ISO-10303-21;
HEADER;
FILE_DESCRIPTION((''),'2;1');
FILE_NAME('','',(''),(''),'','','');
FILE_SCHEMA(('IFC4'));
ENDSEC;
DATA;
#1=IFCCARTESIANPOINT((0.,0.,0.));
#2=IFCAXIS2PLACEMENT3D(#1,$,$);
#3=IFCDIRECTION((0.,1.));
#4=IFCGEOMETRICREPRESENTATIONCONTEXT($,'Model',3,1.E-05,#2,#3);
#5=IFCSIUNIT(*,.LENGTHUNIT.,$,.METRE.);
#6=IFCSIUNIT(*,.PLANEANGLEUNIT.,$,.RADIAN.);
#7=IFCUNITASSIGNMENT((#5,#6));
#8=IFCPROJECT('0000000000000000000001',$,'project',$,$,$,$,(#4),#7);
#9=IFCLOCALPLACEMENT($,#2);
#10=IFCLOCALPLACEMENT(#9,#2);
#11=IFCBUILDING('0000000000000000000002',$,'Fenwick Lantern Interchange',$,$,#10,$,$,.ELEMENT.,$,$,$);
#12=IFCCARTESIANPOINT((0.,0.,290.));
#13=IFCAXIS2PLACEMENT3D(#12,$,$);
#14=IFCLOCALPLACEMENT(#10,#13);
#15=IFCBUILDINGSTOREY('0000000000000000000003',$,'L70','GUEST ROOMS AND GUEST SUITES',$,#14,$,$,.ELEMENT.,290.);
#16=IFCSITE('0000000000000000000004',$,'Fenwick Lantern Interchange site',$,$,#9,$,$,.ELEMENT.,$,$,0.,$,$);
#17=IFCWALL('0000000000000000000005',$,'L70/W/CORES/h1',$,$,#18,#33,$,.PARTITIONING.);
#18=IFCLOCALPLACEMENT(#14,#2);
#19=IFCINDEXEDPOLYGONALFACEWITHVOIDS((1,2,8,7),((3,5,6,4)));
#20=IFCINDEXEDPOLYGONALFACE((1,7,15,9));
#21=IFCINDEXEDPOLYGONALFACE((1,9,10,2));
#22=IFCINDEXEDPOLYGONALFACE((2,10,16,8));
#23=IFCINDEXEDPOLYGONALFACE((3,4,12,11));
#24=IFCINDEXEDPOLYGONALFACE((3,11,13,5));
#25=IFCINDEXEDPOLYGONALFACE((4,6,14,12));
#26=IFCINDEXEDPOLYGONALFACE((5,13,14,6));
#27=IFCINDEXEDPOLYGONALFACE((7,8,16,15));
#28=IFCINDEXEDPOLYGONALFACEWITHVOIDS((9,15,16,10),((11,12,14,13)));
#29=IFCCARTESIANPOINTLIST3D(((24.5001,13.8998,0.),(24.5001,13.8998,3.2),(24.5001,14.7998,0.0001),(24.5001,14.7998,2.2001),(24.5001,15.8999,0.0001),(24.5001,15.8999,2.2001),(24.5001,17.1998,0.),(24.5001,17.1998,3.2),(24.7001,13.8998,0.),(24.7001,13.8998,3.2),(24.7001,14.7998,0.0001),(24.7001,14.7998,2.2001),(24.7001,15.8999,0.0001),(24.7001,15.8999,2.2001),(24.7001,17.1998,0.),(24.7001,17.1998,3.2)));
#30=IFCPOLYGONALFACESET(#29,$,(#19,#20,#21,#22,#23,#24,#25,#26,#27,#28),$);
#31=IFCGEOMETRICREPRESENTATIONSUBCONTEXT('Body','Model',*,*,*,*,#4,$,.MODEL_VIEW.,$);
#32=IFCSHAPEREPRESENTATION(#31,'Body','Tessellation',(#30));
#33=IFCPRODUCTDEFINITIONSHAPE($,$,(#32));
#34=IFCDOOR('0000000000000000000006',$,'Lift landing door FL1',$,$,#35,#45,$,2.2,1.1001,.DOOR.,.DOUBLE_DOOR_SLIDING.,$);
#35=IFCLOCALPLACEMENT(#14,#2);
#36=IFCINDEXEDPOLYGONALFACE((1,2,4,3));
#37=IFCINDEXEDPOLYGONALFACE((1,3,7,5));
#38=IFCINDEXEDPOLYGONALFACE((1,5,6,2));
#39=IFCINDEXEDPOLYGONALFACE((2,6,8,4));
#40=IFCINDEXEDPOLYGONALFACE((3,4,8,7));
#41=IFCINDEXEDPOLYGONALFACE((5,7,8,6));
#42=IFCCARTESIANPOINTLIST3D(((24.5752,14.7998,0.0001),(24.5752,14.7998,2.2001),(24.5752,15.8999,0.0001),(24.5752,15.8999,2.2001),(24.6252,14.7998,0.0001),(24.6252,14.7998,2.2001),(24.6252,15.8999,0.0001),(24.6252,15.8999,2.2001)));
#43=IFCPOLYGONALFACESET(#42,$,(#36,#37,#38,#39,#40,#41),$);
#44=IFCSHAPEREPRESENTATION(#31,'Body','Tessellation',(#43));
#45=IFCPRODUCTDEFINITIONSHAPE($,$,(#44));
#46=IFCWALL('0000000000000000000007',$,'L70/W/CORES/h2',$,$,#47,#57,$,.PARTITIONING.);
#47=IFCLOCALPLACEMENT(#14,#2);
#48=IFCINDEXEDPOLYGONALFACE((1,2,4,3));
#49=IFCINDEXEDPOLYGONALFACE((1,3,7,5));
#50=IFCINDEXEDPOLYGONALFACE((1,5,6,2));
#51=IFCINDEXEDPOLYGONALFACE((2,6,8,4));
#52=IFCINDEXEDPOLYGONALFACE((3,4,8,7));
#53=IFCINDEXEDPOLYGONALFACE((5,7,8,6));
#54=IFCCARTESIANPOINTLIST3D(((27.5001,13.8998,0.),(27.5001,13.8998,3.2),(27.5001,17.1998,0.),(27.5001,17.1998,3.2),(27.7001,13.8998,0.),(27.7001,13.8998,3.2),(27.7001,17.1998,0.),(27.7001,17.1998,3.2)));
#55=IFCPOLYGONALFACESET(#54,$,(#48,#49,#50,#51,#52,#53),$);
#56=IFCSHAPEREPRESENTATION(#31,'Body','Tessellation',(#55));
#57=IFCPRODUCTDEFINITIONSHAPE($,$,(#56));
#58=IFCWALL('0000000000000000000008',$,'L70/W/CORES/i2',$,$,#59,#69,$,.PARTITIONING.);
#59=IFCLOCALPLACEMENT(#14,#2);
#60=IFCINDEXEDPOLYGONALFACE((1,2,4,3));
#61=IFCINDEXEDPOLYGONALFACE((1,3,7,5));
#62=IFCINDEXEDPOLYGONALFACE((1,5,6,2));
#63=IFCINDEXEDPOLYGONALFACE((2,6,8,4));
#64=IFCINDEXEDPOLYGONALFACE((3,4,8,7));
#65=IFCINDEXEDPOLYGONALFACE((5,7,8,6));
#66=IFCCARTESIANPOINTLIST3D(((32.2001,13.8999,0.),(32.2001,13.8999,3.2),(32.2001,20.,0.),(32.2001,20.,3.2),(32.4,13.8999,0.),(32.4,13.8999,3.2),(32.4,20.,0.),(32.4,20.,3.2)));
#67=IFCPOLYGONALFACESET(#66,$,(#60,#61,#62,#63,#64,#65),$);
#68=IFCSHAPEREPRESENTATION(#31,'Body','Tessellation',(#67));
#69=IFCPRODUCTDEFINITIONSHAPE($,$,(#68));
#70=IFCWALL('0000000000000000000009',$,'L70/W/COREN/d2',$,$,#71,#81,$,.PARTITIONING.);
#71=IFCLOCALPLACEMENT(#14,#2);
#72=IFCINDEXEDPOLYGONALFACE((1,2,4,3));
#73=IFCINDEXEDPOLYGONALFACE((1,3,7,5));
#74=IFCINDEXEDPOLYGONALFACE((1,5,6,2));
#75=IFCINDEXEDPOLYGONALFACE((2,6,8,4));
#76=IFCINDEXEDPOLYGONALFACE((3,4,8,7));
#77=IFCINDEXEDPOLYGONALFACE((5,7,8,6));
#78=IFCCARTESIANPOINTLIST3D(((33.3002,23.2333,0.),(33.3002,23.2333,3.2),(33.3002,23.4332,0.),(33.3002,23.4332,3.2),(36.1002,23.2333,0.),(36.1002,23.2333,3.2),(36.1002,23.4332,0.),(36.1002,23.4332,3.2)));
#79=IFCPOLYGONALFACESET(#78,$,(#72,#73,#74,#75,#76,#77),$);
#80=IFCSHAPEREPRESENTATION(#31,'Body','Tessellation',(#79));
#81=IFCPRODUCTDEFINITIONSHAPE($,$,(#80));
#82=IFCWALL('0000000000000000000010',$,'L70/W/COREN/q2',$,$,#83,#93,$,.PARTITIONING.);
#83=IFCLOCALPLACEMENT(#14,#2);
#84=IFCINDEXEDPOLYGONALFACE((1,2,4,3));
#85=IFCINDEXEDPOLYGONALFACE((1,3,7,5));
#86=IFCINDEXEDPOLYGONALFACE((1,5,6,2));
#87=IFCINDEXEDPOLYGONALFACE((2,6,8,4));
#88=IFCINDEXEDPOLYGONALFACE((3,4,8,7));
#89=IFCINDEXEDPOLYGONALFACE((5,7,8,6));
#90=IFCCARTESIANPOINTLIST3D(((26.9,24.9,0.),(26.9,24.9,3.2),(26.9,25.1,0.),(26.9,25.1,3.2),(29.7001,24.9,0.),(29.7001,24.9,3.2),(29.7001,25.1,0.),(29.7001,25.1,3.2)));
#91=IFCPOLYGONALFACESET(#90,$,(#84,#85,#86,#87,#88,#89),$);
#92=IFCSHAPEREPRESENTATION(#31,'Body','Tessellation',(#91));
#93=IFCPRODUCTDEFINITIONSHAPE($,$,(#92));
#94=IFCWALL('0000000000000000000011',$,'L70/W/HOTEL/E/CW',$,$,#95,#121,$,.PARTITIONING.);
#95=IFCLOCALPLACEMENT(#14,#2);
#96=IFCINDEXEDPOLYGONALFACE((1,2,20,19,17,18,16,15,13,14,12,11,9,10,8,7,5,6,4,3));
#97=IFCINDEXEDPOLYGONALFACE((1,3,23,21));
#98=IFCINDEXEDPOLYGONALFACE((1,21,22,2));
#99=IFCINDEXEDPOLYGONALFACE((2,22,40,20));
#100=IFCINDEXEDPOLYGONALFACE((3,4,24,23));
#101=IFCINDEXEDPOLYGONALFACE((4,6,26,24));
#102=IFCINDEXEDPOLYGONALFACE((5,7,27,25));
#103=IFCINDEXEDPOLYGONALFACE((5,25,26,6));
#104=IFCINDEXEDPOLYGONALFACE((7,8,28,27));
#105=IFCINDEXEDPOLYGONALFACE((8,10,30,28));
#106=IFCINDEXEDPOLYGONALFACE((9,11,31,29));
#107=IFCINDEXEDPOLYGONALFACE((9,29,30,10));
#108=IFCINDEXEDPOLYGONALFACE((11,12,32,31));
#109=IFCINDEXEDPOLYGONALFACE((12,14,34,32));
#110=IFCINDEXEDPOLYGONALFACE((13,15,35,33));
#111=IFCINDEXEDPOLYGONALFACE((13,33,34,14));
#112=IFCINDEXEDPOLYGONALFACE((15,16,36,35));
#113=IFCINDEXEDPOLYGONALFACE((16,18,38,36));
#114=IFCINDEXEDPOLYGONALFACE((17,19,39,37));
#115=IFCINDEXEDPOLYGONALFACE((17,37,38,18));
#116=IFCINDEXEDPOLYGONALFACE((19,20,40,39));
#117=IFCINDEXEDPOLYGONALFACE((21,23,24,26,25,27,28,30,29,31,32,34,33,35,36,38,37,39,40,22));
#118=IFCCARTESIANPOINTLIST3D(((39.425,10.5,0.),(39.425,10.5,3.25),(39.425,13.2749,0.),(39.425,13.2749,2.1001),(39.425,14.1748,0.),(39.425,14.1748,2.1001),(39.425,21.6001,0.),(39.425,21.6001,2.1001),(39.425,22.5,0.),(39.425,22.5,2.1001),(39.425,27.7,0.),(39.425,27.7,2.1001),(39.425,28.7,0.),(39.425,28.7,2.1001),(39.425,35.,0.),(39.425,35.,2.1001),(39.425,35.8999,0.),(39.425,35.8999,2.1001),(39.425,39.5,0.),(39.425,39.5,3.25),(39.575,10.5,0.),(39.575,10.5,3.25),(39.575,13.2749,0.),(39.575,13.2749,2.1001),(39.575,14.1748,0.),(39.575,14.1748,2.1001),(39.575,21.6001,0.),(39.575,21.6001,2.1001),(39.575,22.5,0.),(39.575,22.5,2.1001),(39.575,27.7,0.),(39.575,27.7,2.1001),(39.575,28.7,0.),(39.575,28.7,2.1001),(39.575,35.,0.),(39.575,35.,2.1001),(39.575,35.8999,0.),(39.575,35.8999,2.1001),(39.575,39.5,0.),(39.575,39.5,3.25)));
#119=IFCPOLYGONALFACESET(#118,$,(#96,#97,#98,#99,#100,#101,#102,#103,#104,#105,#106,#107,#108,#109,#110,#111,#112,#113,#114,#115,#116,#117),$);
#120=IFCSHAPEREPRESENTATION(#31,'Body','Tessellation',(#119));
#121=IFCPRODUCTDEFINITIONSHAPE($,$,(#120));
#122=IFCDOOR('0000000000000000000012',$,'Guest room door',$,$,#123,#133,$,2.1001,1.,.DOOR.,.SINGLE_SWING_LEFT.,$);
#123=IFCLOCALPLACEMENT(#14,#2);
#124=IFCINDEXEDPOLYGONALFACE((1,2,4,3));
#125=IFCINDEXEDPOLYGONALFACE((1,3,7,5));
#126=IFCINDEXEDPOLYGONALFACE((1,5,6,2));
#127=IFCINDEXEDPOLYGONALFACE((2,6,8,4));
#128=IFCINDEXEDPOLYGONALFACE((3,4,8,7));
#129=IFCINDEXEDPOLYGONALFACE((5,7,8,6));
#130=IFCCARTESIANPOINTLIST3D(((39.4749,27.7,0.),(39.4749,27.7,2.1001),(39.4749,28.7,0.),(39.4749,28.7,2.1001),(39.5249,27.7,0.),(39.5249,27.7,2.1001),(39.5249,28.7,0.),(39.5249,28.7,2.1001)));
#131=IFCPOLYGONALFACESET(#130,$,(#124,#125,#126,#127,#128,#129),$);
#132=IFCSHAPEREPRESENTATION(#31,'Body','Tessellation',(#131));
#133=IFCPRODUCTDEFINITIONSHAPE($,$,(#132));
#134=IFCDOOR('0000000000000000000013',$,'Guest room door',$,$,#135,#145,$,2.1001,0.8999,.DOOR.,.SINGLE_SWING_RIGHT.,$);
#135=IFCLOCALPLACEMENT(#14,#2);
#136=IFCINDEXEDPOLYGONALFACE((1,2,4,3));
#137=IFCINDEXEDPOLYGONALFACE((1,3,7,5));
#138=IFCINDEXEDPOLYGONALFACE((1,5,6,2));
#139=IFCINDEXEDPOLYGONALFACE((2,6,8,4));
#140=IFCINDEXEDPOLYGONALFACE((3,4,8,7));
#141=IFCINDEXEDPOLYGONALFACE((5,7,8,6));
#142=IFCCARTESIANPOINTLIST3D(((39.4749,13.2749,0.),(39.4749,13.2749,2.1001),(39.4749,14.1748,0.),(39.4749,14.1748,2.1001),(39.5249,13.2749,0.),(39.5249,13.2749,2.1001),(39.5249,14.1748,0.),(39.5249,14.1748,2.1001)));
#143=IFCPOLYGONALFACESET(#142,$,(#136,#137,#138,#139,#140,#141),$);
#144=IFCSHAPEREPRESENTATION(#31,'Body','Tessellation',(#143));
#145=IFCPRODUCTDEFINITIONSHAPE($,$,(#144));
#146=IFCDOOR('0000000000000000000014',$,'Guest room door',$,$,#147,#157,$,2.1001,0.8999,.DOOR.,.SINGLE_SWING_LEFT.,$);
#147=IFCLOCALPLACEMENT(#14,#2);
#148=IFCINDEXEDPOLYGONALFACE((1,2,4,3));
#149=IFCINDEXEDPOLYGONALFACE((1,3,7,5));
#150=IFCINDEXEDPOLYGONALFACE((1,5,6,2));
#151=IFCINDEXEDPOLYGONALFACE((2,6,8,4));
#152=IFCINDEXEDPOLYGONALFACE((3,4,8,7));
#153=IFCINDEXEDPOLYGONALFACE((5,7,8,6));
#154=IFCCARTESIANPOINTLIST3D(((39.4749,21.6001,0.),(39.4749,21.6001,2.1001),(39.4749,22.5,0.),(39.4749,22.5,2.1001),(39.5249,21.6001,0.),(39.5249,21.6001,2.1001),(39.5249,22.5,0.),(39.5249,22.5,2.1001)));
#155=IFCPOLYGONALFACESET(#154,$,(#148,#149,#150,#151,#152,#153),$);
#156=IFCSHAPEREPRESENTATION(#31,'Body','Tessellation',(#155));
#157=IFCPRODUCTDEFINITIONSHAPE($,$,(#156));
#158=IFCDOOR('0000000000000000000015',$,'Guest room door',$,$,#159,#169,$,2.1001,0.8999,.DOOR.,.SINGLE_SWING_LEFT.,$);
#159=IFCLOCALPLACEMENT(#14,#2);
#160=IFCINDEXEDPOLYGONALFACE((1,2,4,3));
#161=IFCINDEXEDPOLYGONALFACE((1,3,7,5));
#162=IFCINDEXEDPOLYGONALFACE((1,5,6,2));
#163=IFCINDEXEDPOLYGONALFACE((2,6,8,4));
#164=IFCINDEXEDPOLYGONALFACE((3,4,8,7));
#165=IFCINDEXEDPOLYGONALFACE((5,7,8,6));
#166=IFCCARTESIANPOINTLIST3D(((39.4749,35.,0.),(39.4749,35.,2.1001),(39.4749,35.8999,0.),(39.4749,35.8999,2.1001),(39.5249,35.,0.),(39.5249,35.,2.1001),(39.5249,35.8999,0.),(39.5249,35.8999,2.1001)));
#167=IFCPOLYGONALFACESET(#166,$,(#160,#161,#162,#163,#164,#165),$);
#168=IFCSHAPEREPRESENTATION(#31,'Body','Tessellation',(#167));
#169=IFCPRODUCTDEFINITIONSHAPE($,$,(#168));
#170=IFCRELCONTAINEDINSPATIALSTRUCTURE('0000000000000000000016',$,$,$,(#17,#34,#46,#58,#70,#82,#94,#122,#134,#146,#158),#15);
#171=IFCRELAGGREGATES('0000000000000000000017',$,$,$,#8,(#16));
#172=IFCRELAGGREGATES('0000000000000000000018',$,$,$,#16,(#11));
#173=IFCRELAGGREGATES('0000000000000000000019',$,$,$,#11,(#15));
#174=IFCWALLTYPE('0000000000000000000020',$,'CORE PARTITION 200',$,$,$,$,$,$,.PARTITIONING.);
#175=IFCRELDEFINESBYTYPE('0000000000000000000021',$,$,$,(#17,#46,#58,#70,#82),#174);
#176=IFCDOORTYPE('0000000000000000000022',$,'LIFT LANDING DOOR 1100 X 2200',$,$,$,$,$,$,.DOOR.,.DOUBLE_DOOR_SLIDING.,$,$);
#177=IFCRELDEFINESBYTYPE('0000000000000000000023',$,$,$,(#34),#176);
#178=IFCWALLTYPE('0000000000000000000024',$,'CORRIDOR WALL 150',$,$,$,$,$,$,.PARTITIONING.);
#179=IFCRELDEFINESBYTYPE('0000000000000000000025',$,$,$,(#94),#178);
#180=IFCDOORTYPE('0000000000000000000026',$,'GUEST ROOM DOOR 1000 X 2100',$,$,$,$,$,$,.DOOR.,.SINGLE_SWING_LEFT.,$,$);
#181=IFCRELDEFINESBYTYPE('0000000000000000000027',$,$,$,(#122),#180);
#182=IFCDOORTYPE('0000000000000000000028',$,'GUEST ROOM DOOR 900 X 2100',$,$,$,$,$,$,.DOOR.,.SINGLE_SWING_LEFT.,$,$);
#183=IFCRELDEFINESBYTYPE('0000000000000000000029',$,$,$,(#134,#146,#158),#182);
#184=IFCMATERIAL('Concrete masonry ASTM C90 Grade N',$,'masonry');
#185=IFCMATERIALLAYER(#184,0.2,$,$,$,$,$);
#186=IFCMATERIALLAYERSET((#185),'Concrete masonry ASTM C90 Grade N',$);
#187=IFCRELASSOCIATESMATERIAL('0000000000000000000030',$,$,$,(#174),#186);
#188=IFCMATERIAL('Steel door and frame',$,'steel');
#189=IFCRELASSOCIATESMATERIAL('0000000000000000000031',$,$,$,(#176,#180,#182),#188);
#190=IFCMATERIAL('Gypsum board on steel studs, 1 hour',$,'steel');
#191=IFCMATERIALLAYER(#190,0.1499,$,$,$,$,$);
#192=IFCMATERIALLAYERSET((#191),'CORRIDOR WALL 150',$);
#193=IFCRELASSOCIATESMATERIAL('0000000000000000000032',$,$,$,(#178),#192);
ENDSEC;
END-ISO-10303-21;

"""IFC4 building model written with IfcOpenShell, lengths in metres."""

from ifc_helpers import new_model, si_unit, direction, frame, frame_2d, origin, place, context, subcontext, project, spatial, rectangle, extrude, material, layer, layer_set, type_object, element, fill, save


model = new_model("IFC4")

# Units and contexts
model_context = context("Model", 3, precision=1e-05, world=origin(), true_north=direction((0.0, 1.0)))
body_context = subcontext(model_context, "Body", "Model", "MODEL_VIEW")
ifc_project = project(units=[si_unit("LENGTHUNIT", "METRE"), si_unit("PLANEANGLEUNIT", "RADIAN")], contexts=[model_context])

# Site, building, storey
site_placement = place(None, origin())
site = spatial("IfcSite", under=ifc_project, at=site_placement, Name="Fenwick Lantern Interchange site", CompositionType="ELEMENT", RefElevation=0.0)
building_placement = place(site_placement, origin())
building = spatial("IfcBuilding", under=site, at=building_placement, Name="Fenwick Lantern Interchange", CompositionType="ELEMENT")
storey_placement = place(building_placement, frame((0.0, 0.0, 290.0)))
storey = spatial("IfcBuildingStorey", under=building, at=storey_placement, Name="L70", Description="GUEST ROOMS AND GUEST SUITES", CompositionType="ELEMENT", Elevation=290.0)

# Wall, opening, door
ifc_material_1 = material(Name="Concrete masonry ASTM C90 Grade N", Category="masonry")
ifc_layer_1 = layer(ifc_material_1, 0.2)
ifc_layer_set_1 = layer_set([ifc_layer_1], Name="Concrete masonry ASTM C90 Grade N")
wall_type_1 = type_object("IfcWallType", Name="CORE PARTITION 200", PredefinedType="PARTITIONING", material=ifc_layer_set_1)
wall_1_placement = place(storey_placement, frame((24.6001, 13.8999, 0.0), z_axis=(0.0, 0.0, 1.0), x_axis=(0.0, 1.0, 0.0)))
wall_1 = element("IfcWall", 1, at=wall_1_placement, inside=storey, type_object=wall_type_1, Name="L70/W/CORES/h1", PredefinedType="PARTITIONING", context=body_context, shape_type="SweptSolid", body=[
    extrude(rectangle(XDim=3.3, YDim=0.2, at=frame_2d((1.6499, 0.0))), origin(), (0.0, 0.0, 1.0), 3.2),
])
opening_1_placement = place(wall_1_placement, frame((0.8999, 0.0, 0.0)))
opening_1 = element("IfcOpeningElement", 2, at=opening_1_placement, cuts=wall_1, PredefinedType="OPENING", context=body_context, shape_type="SweptSolid", body=[
    extrude(rectangle(XDim=1.1001, YDim=2.2, at=frame_2d((0.55, 1.1001))), frame((0.0, 0.1099, 0.0), z_axis=(0.0, -1.0, 0.0), x_axis=(1.0, 0.0, 0.0)), (0.0, 0.0, 1.0), 0.22),
])
ifc_material_2 = material(Name="Steel door and frame", Category="steel")
door_type_1 = type_object("IfcDoorType", Name="LIFT LANDING DOOR 1100 X 2200", OperationType="DOUBLE_DOOR_SLIDING", PredefinedType="DOOR", material=ifc_material_2)
door_1_placement = place(opening_1_placement, origin())
door_1 = element("IfcDoor", 3, at=door_1_placement, inside=storey, type_object=door_type_1, Name="Lift landing door FL1", OperationType="DOUBLE_DOOR_SLIDING", OverallHeight=2.2, OverallWidth=1.1001, PredefinedType="DOOR", context=body_context, shape_type="SweptSolid", body=[
    extrude(rectangle(XDim=1.1001, YDim=2.2, at=frame_2d((0.55, 1.1001))), frame((0.0, 0.0249, 0.0), z_axis=(0.0, -1.0, 0.0), x_axis=(1.0, 0.0, 0.0)), (0.0, 0.0, 1.0), 0.05),
])
fill(opening_1, door_1)

# Walls
wall_2_placement = place(storey_placement, frame((27.6001, 13.8999, 0.0), z_axis=(0.0, 0.0, 1.0), x_axis=(0.0, 1.0, 0.0)))
element("IfcWall", 4, at=wall_2_placement, inside=storey, type_object=wall_type_1, Name="L70/W/CORES/h2", PredefinedType="PARTITIONING", context=body_context, shape_type="SweptSolid", body=[
    extrude(rectangle(XDim=3.3, YDim=0.2, at=frame_2d((1.6499, 0.0))), origin(), (0.0, 0.0, 1.0), 3.2),
])
wall_3_placement = place(storey_placement, frame((32.3, 13.8999, 0.0), z_axis=(0.0, 0.0, 1.0), x_axis=(0.0, 1.0, 0.0)))
element("IfcWall", 5, at=wall_3_placement, inside=storey, type_object=wall_type_1, Name="L70/W/CORES/i2", PredefinedType="PARTITIONING", context=body_context, shape_type="SweptSolid", body=[
    extrude(rectangle(XDim=6.1001, YDim=0.2, at=frame_2d((3.05, 0.0))), origin(), (0.0, 0.0, 1.0), 3.2),
])
for number, where, z_axis, x_axis, name in (
    (6, (36.1001, 23.3333, 0.0), (0.0, 0.0, 1.0), (-1.0, 0.0, 0.0), "L70/W/COREN/d2"),
    (7, (29.7, 25.0, 0.0), (0.0, 0.0, 1.0), (-1.0, 0.0, 0.0), "L70/W/COREN/q2"),
):
    element("IfcWall", number, at=place(storey_placement, frame(where, z_axis=z_axis, x_axis=x_axis)), inside=storey, type_object=wall_type_1, Name=name, PredefinedType="PARTITIONING", context=body_context, shape_type="SweptSolid", body=[
        extrude(rectangle(XDim=2.8, YDim=0.2, at=frame_2d((1.3999, 0.0))), origin(), (0.0, 0.0, 1.0), 3.2),
    ])

# Wall, openings, doors
ifc_material_3 = material(Name="Gypsum board on steel studs, 1 hour", Category="steel")
ifc_layer_2 = layer(ifc_material_3, 0.1499)
ifc_layer_set_2 = layer_set([ifc_layer_2], Name="CORRIDOR WALL 150")
wall_type_2 = type_object("IfcWallType", Name="CORRIDOR WALL 150", PredefinedType="PARTITIONING", material=ifc_layer_set_2)
wall_4_placement = place(storey_placement, frame((39.5, 10.5, 0.0), z_axis=(0.0, 0.0, 1.0), x_axis=(0.0, 1.0, 0.0)))
wall_4 = element("IfcWall", 8, at=wall_4_placement, inside=storey, type_object=wall_type_2, Name="L70/W/HOTEL/E/CW", PredefinedType="PARTITIONING", context=body_context, shape_type="SweptSolid", body=[
    extrude(rectangle(XDim=29.0, YDim=0.1499, at=frame_2d((14.5, 0.0))), origin(), (0.0, 0.0, 1.0), 3.25),
])
opening_2_placement = place(wall_4_placement, frame((2.7749, 0.0, 0.0)))
opening_2 = element("IfcOpeningElement", 9, at=opening_2_placement, cuts=wall_4, PredefinedType="OPENING", context=body_context, shape_type="SweptSolid", body=[
    extrude(rectangle(XDim=0.8999, YDim=2.1001, at=frame_2d((0.45, 1.05))), frame((0.0, 0.085, 0.0), z_axis=(0.0, -1.0, 0.0), x_axis=(1.0, 0.0, 0.0)), (0.0, 0.0, 1.0), 0.1699),
])
opening_3_placement = place(wall_4_placement, frame((11.1001, 0.0, 0.0)))
opening_3 = element("IfcOpeningElement", 10, at=opening_3_placement, cuts=wall_4, PredefinedType="OPENING", context=body_context, shape_type="SweptSolid", body=[
    extrude(rectangle(XDim=0.8999, YDim=2.1001, at=frame_2d((0.45, 1.05))), frame((0.0, 0.085, 0.0), z_axis=(0.0, -1.0, 0.0), x_axis=(1.0, 0.0, 0.0)), (0.0, 0.0, 1.0), 0.1699),
])
opening_4_placement = place(wall_4_placement, frame((17.2, 0.0, 0.0)))
opening_4 = element("IfcOpeningElement", 11, at=opening_4_placement, cuts=wall_4, PredefinedType="OPENING", context=body_context, shape_type="SweptSolid", body=[
    extrude(rectangle(XDim=1.0, YDim=2.1001, at=frame_2d((0.5, 1.05))), frame((0.0, 0.085, 0.0), z_axis=(0.0, -1.0, 0.0), x_axis=(1.0, 0.0, 0.0)), (0.0, 0.0, 1.0), 0.1699),
])
opening_5_placement = place(wall_4_placement, frame((24.5, 0.0, 0.0)))
opening_5 = element("IfcOpeningElement", 12, at=opening_5_placement, cuts=wall_4, PredefinedType="OPENING", context=body_context, shape_type="SweptSolid", body=[
    extrude(rectangle(XDim=0.8999, YDim=2.1001, at=frame_2d((0.45, 1.05))), frame((0.0, 0.085, 0.0), z_axis=(0.0, -1.0, 0.0), x_axis=(1.0, 0.0, 0.0)), (0.0, 0.0, 1.0), 0.1699),
])
door_type_2 = type_object("IfcDoorType", Name="GUEST ROOM DOOR 1000 X 2100", OperationType="SINGLE_SWING_LEFT", PredefinedType="DOOR", material=ifc_material_2)
door_2_placement = place(opening_4_placement, frame((1.0, 0.0, 0.0), z_axis=(0.0, 0.0, 1.0), x_axis=(-1.0, 0.0, 0.0)))
door_2 = element("IfcDoor", 13, at=door_2_placement, inside=storey, type_object=door_type_2, Name="Guest room door", OperationType="SINGLE_SWING_LEFT", OverallHeight=2.1001, OverallWidth=1.0, PredefinedType="DOOR", context=body_context, shape_type="SweptSolid", body=[
    extrude(rectangle(XDim=1.0, YDim=2.1001, at=frame_2d((0.5, 1.05))), frame((0.0, 0.0249, 0.0), z_axis=(0.0, -1.0, 0.0), x_axis=(1.0, 0.0, 0.0)), (0.0, 0.0, 1.0), 0.05),
])
fill(opening_4, door_2)
door_type_3 = type_object("IfcDoorType", Name="GUEST ROOM DOOR 900 X 2100", OperationType="SINGLE_SWING_LEFT", PredefinedType="DOOR", material=ifc_material_2)
door_3_placement = place(opening_2_placement, frame((0.8999, 0.0, 0.0), z_axis=(0.0, 0.0, 1.0), x_axis=(-1.0, 0.0, 0.0)))
door_3 = element("IfcDoor", 14, at=door_3_placement, inside=storey, type_object=door_type_3, Name="Guest room door", OperationType="SINGLE_SWING_RIGHT", OverallHeight=2.1001, OverallWidth=0.8999, PredefinedType="DOOR", context=body_context, shape_type="SweptSolid", body=[
    extrude(rectangle(XDim=0.8999, YDim=2.1001, at=frame_2d((0.45, 1.05))), frame((0.0, 0.0249, 0.0), z_axis=(0.0, -1.0, 0.0), x_axis=(1.0, 0.0, 0.0)), (0.0, 0.0, 1.0), 0.05),
])
fill(opening_2, door_3)
door_4_placement = place(opening_3_placement, frame((0.8999, 0.0, 0.0), z_axis=(0.0, 0.0, 1.0), x_axis=(-1.0, 0.0, 0.0)))
door_4 = element("IfcDoor", 15, at=door_4_placement, inside=storey, type_object=door_type_3, Name="Guest room door", OperationType="SINGLE_SWING_LEFT", OverallHeight=2.1001, OverallWidth=0.8999, PredefinedType="DOOR", context=body_context, shape_type="SweptSolid", body=[
    extrude(rectangle(XDim=0.8999, YDim=2.1001, at=frame_2d((0.45, 1.05))), frame((0.0, 0.0249, 0.0), z_axis=(0.0, -1.0, 0.0), x_axis=(1.0, 0.0, 0.0)), (0.0, 0.0, 1.0), 0.05),
])
fill(opening_3, door_4)
door_5_placement = place(opening_5_placement, frame((0.8999, 0.0, 0.0), z_axis=(0.0, 0.0, 1.0), x_axis=(-1.0, 0.0, 0.0)))
door_5 = element("IfcDoor", 16, at=door_5_placement, inside=storey, type_object=door_type_3, Name="Guest room door", OperationType="SINGLE_SWING_LEFT", OverallHeight=2.1001, OverallWidth=0.8999, PredefinedType="DOOR", context=body_context, shape_type="SweptSolid", body=[
    extrude(rectangle(XDim=0.8999, YDim=2.1001, at=frame_2d((0.45, 1.05))), frame((0.0, 0.0249, 0.0), z_axis=(0.0, -1.0, 0.0), x_axis=(1.0, 0.0, 0.0)), (0.0, 0.0, 1.0), 0.05),
])
fill(opening_5, door_5)

save(model, "model.ifc")
